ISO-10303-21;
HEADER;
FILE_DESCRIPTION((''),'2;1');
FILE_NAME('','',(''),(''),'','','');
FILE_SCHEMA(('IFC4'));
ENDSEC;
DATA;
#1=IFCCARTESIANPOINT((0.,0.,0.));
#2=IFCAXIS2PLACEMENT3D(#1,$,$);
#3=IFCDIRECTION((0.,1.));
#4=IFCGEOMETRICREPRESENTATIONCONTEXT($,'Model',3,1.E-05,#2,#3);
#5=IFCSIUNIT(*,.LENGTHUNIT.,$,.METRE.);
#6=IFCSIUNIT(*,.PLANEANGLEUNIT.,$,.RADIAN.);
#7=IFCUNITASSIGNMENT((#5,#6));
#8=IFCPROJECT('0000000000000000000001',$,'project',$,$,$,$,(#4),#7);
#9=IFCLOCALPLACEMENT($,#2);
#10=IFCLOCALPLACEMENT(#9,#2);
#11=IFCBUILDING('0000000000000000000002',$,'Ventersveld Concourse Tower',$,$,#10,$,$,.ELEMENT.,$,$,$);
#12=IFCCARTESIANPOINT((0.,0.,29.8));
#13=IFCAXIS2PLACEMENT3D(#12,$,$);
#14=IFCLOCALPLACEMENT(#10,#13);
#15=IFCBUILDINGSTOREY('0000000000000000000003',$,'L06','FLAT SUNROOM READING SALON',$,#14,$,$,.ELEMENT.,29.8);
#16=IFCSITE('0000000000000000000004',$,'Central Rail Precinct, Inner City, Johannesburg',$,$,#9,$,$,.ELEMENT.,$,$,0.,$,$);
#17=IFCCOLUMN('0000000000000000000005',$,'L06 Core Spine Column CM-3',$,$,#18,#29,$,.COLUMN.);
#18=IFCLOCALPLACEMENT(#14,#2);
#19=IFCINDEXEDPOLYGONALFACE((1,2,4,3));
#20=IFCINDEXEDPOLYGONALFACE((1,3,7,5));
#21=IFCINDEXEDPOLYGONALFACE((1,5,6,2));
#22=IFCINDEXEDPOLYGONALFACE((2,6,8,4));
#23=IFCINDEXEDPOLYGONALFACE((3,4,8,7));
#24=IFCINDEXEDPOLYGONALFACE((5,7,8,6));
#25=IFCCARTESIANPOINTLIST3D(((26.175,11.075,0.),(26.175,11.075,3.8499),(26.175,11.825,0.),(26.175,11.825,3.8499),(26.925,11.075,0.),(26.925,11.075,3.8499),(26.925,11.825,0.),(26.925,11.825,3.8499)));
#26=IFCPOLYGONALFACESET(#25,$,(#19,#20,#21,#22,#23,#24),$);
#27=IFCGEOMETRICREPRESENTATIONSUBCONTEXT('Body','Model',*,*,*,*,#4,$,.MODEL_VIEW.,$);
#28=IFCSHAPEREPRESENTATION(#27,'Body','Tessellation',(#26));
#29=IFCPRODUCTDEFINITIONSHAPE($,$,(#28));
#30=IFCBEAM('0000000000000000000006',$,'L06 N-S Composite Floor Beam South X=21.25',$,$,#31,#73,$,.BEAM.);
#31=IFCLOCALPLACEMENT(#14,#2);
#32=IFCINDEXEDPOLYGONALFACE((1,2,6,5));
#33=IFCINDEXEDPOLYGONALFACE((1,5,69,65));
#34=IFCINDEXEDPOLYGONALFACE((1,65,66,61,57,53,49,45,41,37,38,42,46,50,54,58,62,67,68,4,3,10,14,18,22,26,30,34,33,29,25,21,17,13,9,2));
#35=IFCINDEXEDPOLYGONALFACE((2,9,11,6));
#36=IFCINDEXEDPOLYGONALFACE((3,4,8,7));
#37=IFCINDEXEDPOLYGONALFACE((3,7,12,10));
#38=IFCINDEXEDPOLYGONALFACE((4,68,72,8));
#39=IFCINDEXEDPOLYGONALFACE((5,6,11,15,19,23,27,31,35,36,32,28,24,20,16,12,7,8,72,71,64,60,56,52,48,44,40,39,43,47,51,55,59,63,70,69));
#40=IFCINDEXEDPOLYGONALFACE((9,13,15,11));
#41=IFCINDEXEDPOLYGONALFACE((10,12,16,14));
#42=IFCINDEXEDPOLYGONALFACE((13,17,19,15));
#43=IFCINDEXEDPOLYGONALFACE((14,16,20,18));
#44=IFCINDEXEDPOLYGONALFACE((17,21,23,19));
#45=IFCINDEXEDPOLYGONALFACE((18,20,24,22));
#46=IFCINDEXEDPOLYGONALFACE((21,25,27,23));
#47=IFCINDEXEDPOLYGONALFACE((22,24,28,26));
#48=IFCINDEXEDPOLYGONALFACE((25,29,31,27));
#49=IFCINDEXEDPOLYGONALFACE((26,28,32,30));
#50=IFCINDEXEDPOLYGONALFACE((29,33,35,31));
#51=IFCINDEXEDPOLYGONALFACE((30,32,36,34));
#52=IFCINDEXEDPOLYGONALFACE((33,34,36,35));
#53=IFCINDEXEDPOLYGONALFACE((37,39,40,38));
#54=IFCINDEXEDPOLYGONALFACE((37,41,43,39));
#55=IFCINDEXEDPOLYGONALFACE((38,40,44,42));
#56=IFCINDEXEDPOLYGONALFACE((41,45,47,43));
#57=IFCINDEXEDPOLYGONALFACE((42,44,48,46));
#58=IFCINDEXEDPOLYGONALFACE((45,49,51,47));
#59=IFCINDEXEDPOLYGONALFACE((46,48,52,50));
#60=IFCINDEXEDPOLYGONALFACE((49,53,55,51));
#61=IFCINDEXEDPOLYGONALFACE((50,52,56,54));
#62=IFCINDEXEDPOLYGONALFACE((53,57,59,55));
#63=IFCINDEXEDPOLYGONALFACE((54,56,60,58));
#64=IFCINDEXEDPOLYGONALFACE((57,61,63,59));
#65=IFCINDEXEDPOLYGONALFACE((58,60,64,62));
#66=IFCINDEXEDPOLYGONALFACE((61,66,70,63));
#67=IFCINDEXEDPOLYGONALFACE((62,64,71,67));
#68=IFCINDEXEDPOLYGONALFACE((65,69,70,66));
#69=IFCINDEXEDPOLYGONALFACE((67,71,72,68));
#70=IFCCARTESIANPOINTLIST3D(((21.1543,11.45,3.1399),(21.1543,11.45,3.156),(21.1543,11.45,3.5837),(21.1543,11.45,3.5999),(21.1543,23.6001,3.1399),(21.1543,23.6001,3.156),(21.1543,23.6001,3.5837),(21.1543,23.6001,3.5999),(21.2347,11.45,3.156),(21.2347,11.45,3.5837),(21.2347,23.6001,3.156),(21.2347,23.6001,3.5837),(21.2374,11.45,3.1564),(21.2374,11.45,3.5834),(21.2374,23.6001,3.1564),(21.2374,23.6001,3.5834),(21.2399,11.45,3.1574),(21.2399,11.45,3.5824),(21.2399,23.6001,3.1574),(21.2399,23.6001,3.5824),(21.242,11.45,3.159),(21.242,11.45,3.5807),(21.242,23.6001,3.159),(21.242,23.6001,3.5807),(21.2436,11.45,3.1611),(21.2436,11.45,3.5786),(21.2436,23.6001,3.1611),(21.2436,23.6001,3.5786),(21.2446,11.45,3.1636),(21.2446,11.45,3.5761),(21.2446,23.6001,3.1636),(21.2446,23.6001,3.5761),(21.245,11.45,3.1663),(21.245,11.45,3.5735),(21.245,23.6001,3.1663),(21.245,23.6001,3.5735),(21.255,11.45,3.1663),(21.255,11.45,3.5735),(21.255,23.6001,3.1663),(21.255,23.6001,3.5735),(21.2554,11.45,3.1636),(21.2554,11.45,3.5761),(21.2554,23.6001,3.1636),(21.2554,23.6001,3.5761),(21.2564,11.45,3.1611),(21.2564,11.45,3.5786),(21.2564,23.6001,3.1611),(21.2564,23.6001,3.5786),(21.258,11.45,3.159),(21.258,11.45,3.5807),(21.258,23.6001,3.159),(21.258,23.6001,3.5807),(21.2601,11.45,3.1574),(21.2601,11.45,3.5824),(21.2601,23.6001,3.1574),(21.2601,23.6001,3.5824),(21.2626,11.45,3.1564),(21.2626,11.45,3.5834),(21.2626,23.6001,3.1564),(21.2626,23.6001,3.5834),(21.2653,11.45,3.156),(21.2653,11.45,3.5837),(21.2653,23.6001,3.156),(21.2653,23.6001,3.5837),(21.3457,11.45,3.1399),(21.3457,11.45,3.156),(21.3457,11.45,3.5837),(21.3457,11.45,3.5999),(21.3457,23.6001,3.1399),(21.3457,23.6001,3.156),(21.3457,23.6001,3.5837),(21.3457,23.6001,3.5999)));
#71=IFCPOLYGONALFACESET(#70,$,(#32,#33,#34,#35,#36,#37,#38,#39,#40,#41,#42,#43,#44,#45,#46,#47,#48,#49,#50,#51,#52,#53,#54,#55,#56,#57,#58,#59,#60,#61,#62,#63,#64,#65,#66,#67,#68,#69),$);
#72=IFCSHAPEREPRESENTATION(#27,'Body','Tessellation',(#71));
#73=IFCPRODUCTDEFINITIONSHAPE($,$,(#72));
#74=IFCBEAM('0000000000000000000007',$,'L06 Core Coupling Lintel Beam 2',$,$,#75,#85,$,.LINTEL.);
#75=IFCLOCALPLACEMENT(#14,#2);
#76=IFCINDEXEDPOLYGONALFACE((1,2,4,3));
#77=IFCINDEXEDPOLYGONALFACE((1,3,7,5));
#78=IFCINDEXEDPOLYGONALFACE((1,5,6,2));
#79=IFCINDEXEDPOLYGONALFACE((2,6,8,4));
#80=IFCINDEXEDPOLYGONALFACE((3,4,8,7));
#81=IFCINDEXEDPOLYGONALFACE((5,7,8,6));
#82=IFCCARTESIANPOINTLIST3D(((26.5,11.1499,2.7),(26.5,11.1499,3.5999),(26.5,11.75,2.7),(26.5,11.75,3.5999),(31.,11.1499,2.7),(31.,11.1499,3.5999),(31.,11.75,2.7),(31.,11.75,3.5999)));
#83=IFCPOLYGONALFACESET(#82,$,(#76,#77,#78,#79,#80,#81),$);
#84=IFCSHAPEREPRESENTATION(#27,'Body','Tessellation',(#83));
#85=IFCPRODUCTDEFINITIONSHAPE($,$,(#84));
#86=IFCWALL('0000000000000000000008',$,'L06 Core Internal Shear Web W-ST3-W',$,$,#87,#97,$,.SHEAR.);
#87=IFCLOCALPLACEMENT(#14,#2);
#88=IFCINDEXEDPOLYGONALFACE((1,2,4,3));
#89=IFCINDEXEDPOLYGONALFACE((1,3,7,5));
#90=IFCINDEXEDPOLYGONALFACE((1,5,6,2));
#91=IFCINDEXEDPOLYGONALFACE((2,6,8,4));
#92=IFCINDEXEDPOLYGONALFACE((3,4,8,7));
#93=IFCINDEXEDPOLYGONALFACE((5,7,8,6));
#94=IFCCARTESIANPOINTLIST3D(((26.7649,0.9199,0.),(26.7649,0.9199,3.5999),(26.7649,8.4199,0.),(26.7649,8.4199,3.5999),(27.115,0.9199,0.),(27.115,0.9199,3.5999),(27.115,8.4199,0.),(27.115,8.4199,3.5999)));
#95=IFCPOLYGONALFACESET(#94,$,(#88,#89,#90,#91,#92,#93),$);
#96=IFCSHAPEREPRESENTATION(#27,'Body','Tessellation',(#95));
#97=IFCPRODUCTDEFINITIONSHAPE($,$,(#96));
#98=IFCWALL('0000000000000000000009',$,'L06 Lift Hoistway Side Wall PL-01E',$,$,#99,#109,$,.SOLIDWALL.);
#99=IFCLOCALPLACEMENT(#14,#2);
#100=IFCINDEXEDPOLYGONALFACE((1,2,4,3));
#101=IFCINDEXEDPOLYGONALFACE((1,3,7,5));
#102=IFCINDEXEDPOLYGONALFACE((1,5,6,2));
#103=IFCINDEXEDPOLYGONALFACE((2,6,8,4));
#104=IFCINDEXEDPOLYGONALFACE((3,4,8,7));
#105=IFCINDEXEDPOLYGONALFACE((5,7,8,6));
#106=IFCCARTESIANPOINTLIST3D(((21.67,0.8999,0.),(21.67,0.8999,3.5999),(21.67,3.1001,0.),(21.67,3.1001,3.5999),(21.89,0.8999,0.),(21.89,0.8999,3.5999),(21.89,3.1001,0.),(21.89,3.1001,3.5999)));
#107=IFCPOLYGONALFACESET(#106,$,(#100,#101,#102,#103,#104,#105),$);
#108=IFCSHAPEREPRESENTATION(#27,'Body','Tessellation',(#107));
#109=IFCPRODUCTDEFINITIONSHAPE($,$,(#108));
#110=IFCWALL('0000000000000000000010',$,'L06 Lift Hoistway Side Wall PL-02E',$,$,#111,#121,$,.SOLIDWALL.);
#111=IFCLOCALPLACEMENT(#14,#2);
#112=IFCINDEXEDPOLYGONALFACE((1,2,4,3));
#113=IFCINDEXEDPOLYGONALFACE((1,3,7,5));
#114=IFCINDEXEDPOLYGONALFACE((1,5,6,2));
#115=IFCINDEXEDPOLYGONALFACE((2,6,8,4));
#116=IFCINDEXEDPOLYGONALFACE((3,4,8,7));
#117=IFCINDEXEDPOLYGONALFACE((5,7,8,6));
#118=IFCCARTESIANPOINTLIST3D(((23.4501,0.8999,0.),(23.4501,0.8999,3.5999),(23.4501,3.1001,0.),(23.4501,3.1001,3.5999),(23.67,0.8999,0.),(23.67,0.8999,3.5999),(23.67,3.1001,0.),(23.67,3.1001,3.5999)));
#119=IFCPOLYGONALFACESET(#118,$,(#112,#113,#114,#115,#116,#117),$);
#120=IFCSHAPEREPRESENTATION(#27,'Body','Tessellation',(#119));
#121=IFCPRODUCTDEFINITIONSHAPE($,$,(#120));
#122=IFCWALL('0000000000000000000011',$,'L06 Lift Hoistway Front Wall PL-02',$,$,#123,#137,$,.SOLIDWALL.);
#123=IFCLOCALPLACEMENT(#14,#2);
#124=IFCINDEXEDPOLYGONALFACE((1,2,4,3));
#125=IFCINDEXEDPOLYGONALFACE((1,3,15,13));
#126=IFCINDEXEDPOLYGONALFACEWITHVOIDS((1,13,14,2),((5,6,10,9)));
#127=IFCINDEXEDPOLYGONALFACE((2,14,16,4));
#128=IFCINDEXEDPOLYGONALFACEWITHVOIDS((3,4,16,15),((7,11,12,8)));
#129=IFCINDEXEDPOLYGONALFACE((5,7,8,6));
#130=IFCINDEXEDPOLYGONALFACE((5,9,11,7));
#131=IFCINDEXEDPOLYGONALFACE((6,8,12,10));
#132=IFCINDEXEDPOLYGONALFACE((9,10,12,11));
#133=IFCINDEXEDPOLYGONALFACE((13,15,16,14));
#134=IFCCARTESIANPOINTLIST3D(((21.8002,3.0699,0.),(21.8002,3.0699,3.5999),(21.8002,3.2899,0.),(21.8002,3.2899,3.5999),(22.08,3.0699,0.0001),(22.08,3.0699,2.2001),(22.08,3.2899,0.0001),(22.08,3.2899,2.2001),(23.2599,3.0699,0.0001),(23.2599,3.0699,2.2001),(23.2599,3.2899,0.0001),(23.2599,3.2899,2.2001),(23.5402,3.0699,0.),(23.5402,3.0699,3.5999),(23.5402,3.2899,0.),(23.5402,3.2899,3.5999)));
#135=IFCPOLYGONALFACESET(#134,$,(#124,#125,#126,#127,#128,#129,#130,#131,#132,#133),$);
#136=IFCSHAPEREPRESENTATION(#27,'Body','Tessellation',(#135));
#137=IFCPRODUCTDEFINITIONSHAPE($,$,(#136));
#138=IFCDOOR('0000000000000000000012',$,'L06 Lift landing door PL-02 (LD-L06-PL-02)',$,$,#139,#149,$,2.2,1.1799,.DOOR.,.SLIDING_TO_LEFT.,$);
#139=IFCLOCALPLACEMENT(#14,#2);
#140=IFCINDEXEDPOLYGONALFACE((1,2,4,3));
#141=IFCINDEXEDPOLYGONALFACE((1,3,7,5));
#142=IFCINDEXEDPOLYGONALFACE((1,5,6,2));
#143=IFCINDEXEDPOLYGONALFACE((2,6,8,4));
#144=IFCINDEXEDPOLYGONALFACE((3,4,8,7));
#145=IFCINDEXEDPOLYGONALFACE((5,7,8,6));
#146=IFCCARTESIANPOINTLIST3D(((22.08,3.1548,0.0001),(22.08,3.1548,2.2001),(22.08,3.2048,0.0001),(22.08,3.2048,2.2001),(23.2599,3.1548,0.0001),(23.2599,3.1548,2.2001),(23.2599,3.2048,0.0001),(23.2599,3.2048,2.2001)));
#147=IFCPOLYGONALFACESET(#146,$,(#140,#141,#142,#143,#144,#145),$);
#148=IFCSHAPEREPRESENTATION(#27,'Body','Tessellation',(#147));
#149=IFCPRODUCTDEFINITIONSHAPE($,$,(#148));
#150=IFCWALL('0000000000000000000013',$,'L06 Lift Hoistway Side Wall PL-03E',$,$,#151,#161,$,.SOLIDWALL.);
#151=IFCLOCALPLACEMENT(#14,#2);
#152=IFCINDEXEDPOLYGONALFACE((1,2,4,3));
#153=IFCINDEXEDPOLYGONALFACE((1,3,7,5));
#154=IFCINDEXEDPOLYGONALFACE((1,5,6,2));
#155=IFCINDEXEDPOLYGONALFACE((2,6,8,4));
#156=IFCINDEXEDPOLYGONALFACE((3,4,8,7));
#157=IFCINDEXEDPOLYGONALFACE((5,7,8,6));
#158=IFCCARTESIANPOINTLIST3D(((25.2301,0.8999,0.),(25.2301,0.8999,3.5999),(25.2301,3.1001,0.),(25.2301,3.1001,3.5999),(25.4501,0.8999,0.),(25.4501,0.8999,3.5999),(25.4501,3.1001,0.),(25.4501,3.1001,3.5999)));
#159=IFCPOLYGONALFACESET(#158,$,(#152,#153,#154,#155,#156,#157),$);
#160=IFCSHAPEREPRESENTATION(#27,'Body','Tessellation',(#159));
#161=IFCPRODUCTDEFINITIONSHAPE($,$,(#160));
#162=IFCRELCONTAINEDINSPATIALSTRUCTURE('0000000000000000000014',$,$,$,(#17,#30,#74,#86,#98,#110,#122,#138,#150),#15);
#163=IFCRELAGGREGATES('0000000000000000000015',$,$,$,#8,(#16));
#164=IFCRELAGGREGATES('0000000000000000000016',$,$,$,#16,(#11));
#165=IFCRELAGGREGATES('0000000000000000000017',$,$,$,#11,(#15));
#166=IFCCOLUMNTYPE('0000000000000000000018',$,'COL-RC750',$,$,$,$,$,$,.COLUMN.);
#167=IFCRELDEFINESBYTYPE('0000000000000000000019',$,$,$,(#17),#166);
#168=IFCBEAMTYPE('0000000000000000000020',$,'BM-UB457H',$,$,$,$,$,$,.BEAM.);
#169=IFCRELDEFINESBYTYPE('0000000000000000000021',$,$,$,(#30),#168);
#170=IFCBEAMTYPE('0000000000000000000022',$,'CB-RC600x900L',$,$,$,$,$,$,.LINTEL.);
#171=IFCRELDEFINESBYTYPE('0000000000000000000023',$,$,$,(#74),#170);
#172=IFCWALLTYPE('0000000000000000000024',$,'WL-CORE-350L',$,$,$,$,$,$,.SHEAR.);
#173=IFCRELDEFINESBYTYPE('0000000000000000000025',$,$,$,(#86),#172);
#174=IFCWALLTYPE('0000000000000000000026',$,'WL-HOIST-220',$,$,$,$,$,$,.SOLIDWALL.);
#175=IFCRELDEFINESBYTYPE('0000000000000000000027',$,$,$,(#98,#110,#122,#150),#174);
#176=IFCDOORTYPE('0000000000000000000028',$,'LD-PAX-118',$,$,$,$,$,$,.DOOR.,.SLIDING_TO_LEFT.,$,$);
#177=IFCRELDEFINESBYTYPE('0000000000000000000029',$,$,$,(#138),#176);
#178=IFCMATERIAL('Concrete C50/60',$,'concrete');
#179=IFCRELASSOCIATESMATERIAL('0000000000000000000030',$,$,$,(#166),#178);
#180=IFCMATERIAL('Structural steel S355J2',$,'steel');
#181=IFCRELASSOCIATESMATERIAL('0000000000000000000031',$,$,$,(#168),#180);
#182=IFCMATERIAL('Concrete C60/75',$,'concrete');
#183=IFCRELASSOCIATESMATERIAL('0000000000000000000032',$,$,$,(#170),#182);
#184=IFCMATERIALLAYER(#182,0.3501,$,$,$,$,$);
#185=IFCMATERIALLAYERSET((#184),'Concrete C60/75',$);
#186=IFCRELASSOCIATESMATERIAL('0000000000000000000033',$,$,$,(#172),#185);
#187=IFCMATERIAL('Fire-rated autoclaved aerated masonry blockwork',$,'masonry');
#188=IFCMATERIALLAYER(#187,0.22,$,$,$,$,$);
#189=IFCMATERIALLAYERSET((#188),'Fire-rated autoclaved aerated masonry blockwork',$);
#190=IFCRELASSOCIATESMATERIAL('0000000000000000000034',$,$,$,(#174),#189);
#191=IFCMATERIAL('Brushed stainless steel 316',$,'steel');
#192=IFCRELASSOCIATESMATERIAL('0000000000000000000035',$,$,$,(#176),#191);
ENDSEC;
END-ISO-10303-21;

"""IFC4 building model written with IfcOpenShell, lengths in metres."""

from ifc_helpers import new_model, si_unit, direction, frame, frame_2d, origin, origin_2d, place, context, subcontext, project, spatial, rectangle, i_section, extrude, material, layer, layer_set, material_profile, profile_set, type_object, element, fill, save


model = new_model("IFC4")

# Units and contexts
model_context = context("Model", 3, precision=1e-05, world=origin(), true_north=direction((0.0, 1.0)))
body_context = subcontext(model_context, "Body", "Model", "MODEL_VIEW")
ifc_project = project(units=[si_unit("LENGTHUNIT", "METRE"), si_unit("PLANEANGLEUNIT", "RADIAN")], contexts=[model_context])

# Site, building, storey
site_placement = place(None, origin())
site = spatial("IfcSite", under=ifc_project, at=site_placement, Name="Central Rail Precinct, Inner City, Johannesburg", CompositionType="ELEMENT", RefElevation=0.0)
building_placement = place(site_placement, origin())
building = spatial("IfcBuilding", under=site, at=building_placement, Name="Ventersveld Concourse Tower", CompositionType="ELEMENT")
storey_placement = place(building_placement, frame((0.0, 0.0, 29.8)))
storey = spatial("IfcBuildingStorey", under=building, at=storey_placement, Name="L06", Description="FLAT SUNROOM READING SALON", CompositionType="ELEMENT", Elevation=29.8)

# Column
ifc_material_1 = material(Name="Concrete C50/60", Category="concrete")
ifc_material_profile_1 = material_profile(ifc_material_1, rectangle(XDim=0.75, YDim=0.75, at=origin_2d()), Name="RC 750x750")
ifc_profile_set_1 = profile_set([ifc_material_profile_1], Name="Concrete C50/60")
column_type = type_object("IfcColumnType", Name="COL-RC750", PredefinedType="COLUMN", material=ifc_profile_set_1)
column_placement = place(storey_placement, frame((26.55, 11.45, 0.0), z_axis=(0.0, 0.0, 1.0), x_axis=(1.0, 0.0, 0.0)))
element("IfcColumn", 1, at=column_placement, inside=storey, type_object=column_type, Name="L06 Core Spine Column CM-3", PredefinedType="COLUMN", context=body_context, shape_type="SweptSolid", body=[
    extrude(rectangle(XDim=0.75, YDim=0.75, at=origin_2d()), origin(), (0.0, 0.0, 1.0), 3.8499),
])

# Beams
ifc_material_2 = material(Name="Structural steel S355J2", Category="steel")
ifc_material_profile_2 = material_profile(ifc_material_2, i_section(OverallWidth=0.1914, OverallDepth=0.46, WebThickness=0.01, FlangeThickness=0.0161, FilletRadius=0.0103, at=origin_2d()), Name="UB 457x191x82")
ifc_profile_set_2 = profile_set([ifc_material_profile_2], Name="Structural steel S355J2")
beam_type_1 = type_object("IfcBeamType", Name="BM-UB457H", PredefinedType="BEAM", material=ifc_profile_set_2)
beam_1_placement = place(storey_placement, frame((21.25, 11.45, 3.3699), z_axis=(0.0, 1.0, 0.0), x_axis=(-1.0, 0.0, 0.0)))
element("IfcBeam", 2, at=beam_1_placement, inside=storey, type_object=beam_type_1, Name="L06 N-S Composite Floor Beam South X=21.25", PredefinedType="BEAM", context=body_context, shape_type="SweptSolid", body=[
    extrude(i_section(OverallWidth=0.1914, OverallDepth=0.46, WebThickness=0.01, FlangeThickness=0.0161, FilletRadius=0.0103, at=origin_2d()), origin(), (0.0, 0.0, 1.0), 12.1501),
])
ifc_material_3 = material(Name="Concrete C60/75", Category="concrete")
ifc_material_profile_3 = material_profile(ifc_material_3, rectangle(XDim=0.6001, YDim=0.8999, at=origin_2d()), Name="RC 600x900")
ifc_profile_set_3 = profile_set([ifc_material_profile_3], Name="Concrete C60/75")
beam_type_2 = type_object("IfcBeamType", Name="CB-RC600x900L", PredefinedType="LINTEL", material=ifc_profile_set_3)
beam_2_placement = place(storey_placement, frame((26.5, 11.45, 3.1499), z_axis=(1.0, 0.0, 0.0), x_axis=(0.0, 1.0, 0.0)))
element("IfcBeam", 3, at=beam_2_placement, inside=storey, type_object=beam_type_2, Name="L06 Core Coupling Lintel Beam 2", PredefinedType="LINTEL", context=body_context, shape_type="SweptSolid", body=[
    extrude(rectangle(XDim=0.6001, YDim=0.8999, at=origin_2d()), origin(), (0.0, 0.0, 1.0), 4.5),
])

# Walls
ifc_layer_1 = layer(ifc_material_3, 0.3501)
ifc_layer_set_1 = layer_set([ifc_layer_1], Name="Concrete C60/75")
wall_type_1 = type_object("IfcWallType", Name="WL-CORE-350L", PredefinedType="SHEAR", material=ifc_layer_set_1)
wall_1_placement = place(storey_placement, frame((26.9399, 0.9199, 0.0), z_axis=(0.0, 0.0, 1.0), x_axis=(0.0, 1.0, 0.0)))
element("IfcWall", 4, at=wall_1_placement, inside=storey, type_object=wall_type_1, Name="L06 Core Internal Shear Web W-ST3-W", PredefinedType="SHEAR", context=body_context, shape_type="SweptSolid", body=[
    extrude(rectangle(XDim=7.5, YDim=0.3501, at=frame_2d((3.75, 0.0))), origin(), (0.0, 0.0, 1.0), 3.5999),
])
ifc_material_4 = material(Name="Fire-rated autoclaved aerated masonry blockwork", Category="masonry")
ifc_layer_2 = layer(ifc_material_4, 0.22)
ifc_layer_set_2 = layer_set([ifc_layer_2], Name="Fire-rated autoclaved aerated masonry blockwork")
wall_type_2 = type_object("IfcWallType", Name="WL-HOIST-220", PredefinedType="SOLIDWALL", material=ifc_layer_set_2)
for number, where, z_axis, x_axis, name in (
    (5, (21.78, 0.8999, 0.0), (0.0, 0.0, 1.0), (0.0, 1.0, 0.0), "L06 Lift Hoistway Side Wall PL-01E"),
    (6, (23.5601, 0.8999, 0.0), (0.0, 0.0, 1.0), (0.0, 1.0, 0.0), "L06 Lift Hoistway Side Wall PL-02E"),
):
    element("IfcWall", number, at=place(storey_placement, frame(where, z_axis=z_axis, x_axis=x_axis)), inside=storey, type_object=wall_type_2, Name=name, PredefinedType="SOLIDWALL", context=body_context, shape_type="SweptSolid", body=[
        extrude(rectangle(XDim=2.2002, YDim=0.22, at=frame_2d((1.1001, 0.0))), origin(), (0.0, 0.0, 1.0), 3.5999),
    ])

# Wall, opening, door
wall_2_placement = place(storey_placement, frame((21.8, 3.1799, 0.0), z_axis=(0.0, 0.0, 1.0), x_axis=(1.0, 0.0, 0.0)))
wall_2 = element("IfcWall", 7, at=wall_2_placement, inside=storey, type_object=wall_type_2, Name="L06 Lift Hoistway Front Wall PL-02", PredefinedType="SOLIDWALL", context=body_context, shape_type="SweptSolid", body=[
    extrude(rectangle(XDim=1.74, YDim=0.22, at=frame_2d((0.8701, 0.0))), origin(), (0.0, 0.0, 1.0), 3.5999),
])
opening_1_placement = place(wall_2_placement, frame((0.28, 0.0, 0.0)))
opening_1 = element("IfcOpeningElement", 8, at=opening_1_placement, cuts=wall_2, PredefinedType="OPENING", context=body_context, shape_type="SweptSolid", body=[
    extrude(rectangle(XDim=1.1799, YDim=2.2, at=frame_2d((0.5898, 1.1001))), frame((0.0, 0.1201, 0.0), z_axis=(0.0, -1.0, 0.0), x_axis=(1.0, 0.0, 0.0)), (0.0, 0.0, 1.0), 0.24),
])
ifc_material_5 = material(Name="Brushed stainless steel 316", Category="steel")
door_type_1 = type_object("IfcDoorType", Name="LD-PAX-118", OperationType="SLIDING_TO_LEFT", PredefinedType="DOOR", material=ifc_material_5)
door_1_placement = place(opening_1_placement, origin())
door_1 = element("IfcDoor", 9, at=door_1_placement, inside=storey, type_object=door_type_1, Name="L06 Lift landing door PL-02 (LD-L06-PL-02)", OperationType="SLIDING_TO_LEFT", OverallHeight=2.2, OverallWidth=1.1799, PredefinedType="DOOR", context=body_context, shape_type="SweptSolid", body=[
    extrude(rectangle(XDim=1.1799, YDim=2.2, at=frame_2d((0.5898, 1.1001))), frame((0.0, 0.0249, 0.0), z_axis=(0.0, -1.0, 0.0), x_axis=(1.0, 0.0, 0.0)), (0.0, 0.0, 1.0), 0.05),
])
fill(opening_1, door_1)

# Wall
wall_3_placement = place(storey_placement, frame((25.3401, 0.8999, 0.0), z_axis=(0.0, 0.0, 1.0), x_axis=(0.0, 1.0, 0.0)))
element("IfcWall", 10, at=wall_3_placement, inside=storey, type_object=wall_type_2, Name="L06 Lift Hoistway Side Wall PL-03E", PredefinedType="SOLIDWALL", context=body_context, shape_type="SweptSolid", body=[
    extrude(rectangle(XDim=2.2002, YDim=0.22, at=frame_2d((1.1001, 0.0))), origin(), (0.0, 0.0, 1.0), 3.5999),
])

save(model, "model.ifc")
